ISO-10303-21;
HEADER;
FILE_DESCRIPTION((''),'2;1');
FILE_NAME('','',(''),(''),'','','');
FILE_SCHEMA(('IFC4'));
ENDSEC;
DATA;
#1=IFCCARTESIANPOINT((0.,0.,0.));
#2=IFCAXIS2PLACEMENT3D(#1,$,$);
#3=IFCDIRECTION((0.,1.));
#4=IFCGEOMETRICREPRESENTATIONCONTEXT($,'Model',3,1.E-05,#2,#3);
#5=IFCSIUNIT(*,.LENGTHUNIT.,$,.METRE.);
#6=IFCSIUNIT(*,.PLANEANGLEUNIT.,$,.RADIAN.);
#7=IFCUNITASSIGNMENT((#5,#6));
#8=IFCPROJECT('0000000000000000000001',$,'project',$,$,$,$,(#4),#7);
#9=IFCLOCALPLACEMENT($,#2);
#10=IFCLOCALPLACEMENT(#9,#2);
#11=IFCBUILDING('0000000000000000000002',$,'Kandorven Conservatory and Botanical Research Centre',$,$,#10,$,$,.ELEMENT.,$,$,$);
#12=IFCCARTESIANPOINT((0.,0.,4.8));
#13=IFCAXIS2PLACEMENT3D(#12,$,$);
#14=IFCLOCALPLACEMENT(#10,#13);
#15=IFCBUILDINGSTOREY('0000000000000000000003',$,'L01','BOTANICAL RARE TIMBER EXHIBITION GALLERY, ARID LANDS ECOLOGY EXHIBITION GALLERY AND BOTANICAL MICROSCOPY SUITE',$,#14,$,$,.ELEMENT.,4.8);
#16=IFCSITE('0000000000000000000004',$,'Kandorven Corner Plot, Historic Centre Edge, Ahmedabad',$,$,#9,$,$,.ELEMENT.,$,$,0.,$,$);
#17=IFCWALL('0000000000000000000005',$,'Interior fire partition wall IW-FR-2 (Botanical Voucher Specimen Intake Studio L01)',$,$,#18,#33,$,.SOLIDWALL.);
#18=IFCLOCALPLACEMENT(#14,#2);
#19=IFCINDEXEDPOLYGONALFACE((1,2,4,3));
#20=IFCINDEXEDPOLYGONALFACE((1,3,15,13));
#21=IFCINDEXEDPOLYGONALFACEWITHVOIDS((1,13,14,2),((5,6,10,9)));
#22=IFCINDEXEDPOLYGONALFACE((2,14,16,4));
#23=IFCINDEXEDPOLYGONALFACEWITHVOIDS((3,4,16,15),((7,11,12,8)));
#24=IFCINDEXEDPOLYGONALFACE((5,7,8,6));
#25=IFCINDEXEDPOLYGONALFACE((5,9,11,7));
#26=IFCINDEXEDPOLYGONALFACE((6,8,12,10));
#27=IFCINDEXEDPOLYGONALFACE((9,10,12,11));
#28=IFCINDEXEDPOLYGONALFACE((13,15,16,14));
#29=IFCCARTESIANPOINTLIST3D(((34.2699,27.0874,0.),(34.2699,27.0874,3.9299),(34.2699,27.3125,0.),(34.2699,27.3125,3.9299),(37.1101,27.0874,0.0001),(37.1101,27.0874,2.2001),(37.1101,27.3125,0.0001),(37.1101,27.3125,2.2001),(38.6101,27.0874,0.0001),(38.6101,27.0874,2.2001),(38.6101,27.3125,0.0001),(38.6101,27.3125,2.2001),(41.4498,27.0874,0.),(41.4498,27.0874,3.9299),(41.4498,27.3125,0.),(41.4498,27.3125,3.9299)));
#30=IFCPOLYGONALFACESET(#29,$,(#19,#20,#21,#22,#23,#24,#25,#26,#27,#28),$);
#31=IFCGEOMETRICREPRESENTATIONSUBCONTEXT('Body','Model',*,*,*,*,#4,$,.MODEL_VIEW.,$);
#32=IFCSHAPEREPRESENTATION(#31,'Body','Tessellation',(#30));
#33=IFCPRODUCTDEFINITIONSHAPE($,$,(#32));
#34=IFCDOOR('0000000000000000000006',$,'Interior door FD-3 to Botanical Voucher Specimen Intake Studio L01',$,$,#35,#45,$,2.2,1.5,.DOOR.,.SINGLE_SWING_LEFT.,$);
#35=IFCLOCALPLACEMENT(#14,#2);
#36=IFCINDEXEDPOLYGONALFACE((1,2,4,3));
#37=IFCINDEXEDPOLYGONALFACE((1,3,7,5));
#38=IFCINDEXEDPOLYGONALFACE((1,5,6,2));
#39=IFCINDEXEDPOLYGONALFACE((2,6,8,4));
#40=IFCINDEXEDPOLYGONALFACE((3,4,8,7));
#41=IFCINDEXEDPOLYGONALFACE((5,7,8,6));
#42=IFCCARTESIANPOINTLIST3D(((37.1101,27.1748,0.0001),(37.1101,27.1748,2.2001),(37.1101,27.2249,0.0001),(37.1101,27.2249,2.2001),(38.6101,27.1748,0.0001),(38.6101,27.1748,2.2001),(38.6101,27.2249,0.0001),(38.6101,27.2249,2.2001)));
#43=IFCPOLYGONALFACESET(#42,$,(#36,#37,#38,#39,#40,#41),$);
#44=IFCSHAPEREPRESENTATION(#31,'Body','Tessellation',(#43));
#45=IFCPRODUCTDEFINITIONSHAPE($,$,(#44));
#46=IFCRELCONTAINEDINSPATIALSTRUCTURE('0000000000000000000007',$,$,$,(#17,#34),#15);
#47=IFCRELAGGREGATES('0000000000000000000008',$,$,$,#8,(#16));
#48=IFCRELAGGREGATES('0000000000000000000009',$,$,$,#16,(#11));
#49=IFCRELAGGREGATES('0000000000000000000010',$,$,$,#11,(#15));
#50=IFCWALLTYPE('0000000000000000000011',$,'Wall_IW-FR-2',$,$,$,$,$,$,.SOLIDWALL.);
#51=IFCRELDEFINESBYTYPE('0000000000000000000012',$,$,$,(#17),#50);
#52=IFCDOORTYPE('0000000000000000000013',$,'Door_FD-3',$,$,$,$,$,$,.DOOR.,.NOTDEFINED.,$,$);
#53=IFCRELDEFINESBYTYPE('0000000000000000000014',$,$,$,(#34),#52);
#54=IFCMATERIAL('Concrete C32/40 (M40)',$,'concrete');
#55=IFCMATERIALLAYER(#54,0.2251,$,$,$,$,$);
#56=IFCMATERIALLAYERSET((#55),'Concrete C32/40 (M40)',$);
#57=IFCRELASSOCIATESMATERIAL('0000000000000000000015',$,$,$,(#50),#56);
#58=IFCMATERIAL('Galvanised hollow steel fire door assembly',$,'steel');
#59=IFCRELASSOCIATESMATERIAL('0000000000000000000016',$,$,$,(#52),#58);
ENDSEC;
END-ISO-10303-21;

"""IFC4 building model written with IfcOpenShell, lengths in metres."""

from ifc_helpers import new_model, si_unit, direction, frame, frame_2d, origin, place, context, subcontext, project, spatial, rectangle, extrude, material, layer, layer_set, type_object, element, fill, save


model = new_model("IFC4")

# Units and contexts
model_context = context("Model", 3, precision=1e-05, world=origin(), true_north=direction((0.0, 1.0)))
body_context = subcontext(model_context, "Body", "Model", "MODEL_VIEW")
ifc_project = project(units=[si_unit("LENGTHUNIT", "METRE"), si_unit("PLANEANGLEUNIT", "RADIAN")], contexts=[model_context])

# Site, building, storey
site_placement = place(None, origin())
site = spatial("IfcSite", under=ifc_project, at=site_placement, Name="Kandorven Corner Plot, Historic Centre Edge, Ahmedabad", CompositionType="ELEMENT", RefElevation=0.0)
building_placement = place(site_placement, origin())
building = spatial("IfcBuilding", under=site, at=building_placement, Name="Kandorven Conservatory and Botanical Research Centre", CompositionType="ELEMENT")
storey_placement = place(building_placement, frame((0.0, 0.0, 4.8)))
storey = spatial("IfcBuildingStorey", under=building, at=storey_placement, Name="L01", Description="BOTANICAL RARE TIMBER EXHIBITION GALLERY, ARID LANDS ECOLOGY EXHIBITION GALLERY AND BOTANICAL MICROSCOPY SUITE", CompositionType="ELEMENT", Elevation=4.8)

# Wall, opening, door
ifc_material_1 = material(Name="Concrete C32/40 (M40)", Category="concrete")
ifc_layer_1 = layer(ifc_material_1, 0.2251)
ifc_layer_set_1 = layer_set([ifc_layer_1], Name="Concrete C32/40 (M40)")
wall_type_1 = type_object("IfcWallType", Name="Wall_IW-FR-2", PredefinedType="SOLIDWALL", material=ifc_layer_set_1)
wall_1_placement = place(storey_placement, frame((34.27, 27.2, 0.0), z_axis=(0.0, 0.0, 1.0), x_axis=(1.0, 0.0, 0.0)))
wall_1 = element("IfcWall", 1, at=wall_1_placement, inside=storey, type_object=wall_type_1, Name="Interior fire partition wall IW-FR-2 (Botanical Voucher Specimen Intake Studio L01)", PredefinedType="SOLIDWALL", context=body_context, shape_type="SweptSolid", body=[
    extrude(rectangle(XDim=7.1799, YDim=0.2251, at=frame_2d((3.5898, 0.0))), origin(), (0.0, 0.0, 1.0), 3.9299),
])
opening_1_placement = place(wall_1_placement, frame((2.8401, 0.0, 0.0)))
opening_1 = element("IfcOpeningElement", 2, at=opening_1_placement, cuts=wall_1, PredefinedType="OPENING", context=body_context, shape_type="SweptSolid", body=[
    extrude(rectangle(XDim=1.5, YDim=2.2, at=frame_2d((0.75, 1.1001))), frame((0.0, 0.1226, 0.0), z_axis=(0.0, -1.0, 0.0), x_axis=(1.0, 0.0, 0.0)), (0.0, 0.0, 1.0), 0.2451),
])
ifc_material_2 = material(Name="Galvanised hollow steel fire door assembly", Category="steel")
door_type_1 = type_object("IfcDoorType", Name="Door_FD-3", OperationType="NOTDEFINED", PredefinedType="DOOR", material=ifc_material_2)
door_1_placement = place(opening_1_placement, origin())
door_1 = element("IfcDoor", 3, at=door_1_placement, inside=storey, type_object=door_type_1, Name="Interior door FD-3 to Botanical Voucher Specimen Intake Studio L01", OperationType="SINGLE_SWING_LEFT", OverallHeight=2.2, OverallWidth=1.5, PredefinedType="DOOR", context=body_context, shape_type="SweptSolid", body=[
    extrude(rectangle(XDim=1.5, YDim=2.2, at=frame_2d((0.75, 1.1001))), frame((0.0, 0.0249, 0.0), z_axis=(0.0, -1.0, 0.0), x_axis=(1.0, 0.0, 0.0)), (0.0, 0.0, 1.0), 0.05),
])
fill(opening_1, door_1)

save(model, "model.ifc")
